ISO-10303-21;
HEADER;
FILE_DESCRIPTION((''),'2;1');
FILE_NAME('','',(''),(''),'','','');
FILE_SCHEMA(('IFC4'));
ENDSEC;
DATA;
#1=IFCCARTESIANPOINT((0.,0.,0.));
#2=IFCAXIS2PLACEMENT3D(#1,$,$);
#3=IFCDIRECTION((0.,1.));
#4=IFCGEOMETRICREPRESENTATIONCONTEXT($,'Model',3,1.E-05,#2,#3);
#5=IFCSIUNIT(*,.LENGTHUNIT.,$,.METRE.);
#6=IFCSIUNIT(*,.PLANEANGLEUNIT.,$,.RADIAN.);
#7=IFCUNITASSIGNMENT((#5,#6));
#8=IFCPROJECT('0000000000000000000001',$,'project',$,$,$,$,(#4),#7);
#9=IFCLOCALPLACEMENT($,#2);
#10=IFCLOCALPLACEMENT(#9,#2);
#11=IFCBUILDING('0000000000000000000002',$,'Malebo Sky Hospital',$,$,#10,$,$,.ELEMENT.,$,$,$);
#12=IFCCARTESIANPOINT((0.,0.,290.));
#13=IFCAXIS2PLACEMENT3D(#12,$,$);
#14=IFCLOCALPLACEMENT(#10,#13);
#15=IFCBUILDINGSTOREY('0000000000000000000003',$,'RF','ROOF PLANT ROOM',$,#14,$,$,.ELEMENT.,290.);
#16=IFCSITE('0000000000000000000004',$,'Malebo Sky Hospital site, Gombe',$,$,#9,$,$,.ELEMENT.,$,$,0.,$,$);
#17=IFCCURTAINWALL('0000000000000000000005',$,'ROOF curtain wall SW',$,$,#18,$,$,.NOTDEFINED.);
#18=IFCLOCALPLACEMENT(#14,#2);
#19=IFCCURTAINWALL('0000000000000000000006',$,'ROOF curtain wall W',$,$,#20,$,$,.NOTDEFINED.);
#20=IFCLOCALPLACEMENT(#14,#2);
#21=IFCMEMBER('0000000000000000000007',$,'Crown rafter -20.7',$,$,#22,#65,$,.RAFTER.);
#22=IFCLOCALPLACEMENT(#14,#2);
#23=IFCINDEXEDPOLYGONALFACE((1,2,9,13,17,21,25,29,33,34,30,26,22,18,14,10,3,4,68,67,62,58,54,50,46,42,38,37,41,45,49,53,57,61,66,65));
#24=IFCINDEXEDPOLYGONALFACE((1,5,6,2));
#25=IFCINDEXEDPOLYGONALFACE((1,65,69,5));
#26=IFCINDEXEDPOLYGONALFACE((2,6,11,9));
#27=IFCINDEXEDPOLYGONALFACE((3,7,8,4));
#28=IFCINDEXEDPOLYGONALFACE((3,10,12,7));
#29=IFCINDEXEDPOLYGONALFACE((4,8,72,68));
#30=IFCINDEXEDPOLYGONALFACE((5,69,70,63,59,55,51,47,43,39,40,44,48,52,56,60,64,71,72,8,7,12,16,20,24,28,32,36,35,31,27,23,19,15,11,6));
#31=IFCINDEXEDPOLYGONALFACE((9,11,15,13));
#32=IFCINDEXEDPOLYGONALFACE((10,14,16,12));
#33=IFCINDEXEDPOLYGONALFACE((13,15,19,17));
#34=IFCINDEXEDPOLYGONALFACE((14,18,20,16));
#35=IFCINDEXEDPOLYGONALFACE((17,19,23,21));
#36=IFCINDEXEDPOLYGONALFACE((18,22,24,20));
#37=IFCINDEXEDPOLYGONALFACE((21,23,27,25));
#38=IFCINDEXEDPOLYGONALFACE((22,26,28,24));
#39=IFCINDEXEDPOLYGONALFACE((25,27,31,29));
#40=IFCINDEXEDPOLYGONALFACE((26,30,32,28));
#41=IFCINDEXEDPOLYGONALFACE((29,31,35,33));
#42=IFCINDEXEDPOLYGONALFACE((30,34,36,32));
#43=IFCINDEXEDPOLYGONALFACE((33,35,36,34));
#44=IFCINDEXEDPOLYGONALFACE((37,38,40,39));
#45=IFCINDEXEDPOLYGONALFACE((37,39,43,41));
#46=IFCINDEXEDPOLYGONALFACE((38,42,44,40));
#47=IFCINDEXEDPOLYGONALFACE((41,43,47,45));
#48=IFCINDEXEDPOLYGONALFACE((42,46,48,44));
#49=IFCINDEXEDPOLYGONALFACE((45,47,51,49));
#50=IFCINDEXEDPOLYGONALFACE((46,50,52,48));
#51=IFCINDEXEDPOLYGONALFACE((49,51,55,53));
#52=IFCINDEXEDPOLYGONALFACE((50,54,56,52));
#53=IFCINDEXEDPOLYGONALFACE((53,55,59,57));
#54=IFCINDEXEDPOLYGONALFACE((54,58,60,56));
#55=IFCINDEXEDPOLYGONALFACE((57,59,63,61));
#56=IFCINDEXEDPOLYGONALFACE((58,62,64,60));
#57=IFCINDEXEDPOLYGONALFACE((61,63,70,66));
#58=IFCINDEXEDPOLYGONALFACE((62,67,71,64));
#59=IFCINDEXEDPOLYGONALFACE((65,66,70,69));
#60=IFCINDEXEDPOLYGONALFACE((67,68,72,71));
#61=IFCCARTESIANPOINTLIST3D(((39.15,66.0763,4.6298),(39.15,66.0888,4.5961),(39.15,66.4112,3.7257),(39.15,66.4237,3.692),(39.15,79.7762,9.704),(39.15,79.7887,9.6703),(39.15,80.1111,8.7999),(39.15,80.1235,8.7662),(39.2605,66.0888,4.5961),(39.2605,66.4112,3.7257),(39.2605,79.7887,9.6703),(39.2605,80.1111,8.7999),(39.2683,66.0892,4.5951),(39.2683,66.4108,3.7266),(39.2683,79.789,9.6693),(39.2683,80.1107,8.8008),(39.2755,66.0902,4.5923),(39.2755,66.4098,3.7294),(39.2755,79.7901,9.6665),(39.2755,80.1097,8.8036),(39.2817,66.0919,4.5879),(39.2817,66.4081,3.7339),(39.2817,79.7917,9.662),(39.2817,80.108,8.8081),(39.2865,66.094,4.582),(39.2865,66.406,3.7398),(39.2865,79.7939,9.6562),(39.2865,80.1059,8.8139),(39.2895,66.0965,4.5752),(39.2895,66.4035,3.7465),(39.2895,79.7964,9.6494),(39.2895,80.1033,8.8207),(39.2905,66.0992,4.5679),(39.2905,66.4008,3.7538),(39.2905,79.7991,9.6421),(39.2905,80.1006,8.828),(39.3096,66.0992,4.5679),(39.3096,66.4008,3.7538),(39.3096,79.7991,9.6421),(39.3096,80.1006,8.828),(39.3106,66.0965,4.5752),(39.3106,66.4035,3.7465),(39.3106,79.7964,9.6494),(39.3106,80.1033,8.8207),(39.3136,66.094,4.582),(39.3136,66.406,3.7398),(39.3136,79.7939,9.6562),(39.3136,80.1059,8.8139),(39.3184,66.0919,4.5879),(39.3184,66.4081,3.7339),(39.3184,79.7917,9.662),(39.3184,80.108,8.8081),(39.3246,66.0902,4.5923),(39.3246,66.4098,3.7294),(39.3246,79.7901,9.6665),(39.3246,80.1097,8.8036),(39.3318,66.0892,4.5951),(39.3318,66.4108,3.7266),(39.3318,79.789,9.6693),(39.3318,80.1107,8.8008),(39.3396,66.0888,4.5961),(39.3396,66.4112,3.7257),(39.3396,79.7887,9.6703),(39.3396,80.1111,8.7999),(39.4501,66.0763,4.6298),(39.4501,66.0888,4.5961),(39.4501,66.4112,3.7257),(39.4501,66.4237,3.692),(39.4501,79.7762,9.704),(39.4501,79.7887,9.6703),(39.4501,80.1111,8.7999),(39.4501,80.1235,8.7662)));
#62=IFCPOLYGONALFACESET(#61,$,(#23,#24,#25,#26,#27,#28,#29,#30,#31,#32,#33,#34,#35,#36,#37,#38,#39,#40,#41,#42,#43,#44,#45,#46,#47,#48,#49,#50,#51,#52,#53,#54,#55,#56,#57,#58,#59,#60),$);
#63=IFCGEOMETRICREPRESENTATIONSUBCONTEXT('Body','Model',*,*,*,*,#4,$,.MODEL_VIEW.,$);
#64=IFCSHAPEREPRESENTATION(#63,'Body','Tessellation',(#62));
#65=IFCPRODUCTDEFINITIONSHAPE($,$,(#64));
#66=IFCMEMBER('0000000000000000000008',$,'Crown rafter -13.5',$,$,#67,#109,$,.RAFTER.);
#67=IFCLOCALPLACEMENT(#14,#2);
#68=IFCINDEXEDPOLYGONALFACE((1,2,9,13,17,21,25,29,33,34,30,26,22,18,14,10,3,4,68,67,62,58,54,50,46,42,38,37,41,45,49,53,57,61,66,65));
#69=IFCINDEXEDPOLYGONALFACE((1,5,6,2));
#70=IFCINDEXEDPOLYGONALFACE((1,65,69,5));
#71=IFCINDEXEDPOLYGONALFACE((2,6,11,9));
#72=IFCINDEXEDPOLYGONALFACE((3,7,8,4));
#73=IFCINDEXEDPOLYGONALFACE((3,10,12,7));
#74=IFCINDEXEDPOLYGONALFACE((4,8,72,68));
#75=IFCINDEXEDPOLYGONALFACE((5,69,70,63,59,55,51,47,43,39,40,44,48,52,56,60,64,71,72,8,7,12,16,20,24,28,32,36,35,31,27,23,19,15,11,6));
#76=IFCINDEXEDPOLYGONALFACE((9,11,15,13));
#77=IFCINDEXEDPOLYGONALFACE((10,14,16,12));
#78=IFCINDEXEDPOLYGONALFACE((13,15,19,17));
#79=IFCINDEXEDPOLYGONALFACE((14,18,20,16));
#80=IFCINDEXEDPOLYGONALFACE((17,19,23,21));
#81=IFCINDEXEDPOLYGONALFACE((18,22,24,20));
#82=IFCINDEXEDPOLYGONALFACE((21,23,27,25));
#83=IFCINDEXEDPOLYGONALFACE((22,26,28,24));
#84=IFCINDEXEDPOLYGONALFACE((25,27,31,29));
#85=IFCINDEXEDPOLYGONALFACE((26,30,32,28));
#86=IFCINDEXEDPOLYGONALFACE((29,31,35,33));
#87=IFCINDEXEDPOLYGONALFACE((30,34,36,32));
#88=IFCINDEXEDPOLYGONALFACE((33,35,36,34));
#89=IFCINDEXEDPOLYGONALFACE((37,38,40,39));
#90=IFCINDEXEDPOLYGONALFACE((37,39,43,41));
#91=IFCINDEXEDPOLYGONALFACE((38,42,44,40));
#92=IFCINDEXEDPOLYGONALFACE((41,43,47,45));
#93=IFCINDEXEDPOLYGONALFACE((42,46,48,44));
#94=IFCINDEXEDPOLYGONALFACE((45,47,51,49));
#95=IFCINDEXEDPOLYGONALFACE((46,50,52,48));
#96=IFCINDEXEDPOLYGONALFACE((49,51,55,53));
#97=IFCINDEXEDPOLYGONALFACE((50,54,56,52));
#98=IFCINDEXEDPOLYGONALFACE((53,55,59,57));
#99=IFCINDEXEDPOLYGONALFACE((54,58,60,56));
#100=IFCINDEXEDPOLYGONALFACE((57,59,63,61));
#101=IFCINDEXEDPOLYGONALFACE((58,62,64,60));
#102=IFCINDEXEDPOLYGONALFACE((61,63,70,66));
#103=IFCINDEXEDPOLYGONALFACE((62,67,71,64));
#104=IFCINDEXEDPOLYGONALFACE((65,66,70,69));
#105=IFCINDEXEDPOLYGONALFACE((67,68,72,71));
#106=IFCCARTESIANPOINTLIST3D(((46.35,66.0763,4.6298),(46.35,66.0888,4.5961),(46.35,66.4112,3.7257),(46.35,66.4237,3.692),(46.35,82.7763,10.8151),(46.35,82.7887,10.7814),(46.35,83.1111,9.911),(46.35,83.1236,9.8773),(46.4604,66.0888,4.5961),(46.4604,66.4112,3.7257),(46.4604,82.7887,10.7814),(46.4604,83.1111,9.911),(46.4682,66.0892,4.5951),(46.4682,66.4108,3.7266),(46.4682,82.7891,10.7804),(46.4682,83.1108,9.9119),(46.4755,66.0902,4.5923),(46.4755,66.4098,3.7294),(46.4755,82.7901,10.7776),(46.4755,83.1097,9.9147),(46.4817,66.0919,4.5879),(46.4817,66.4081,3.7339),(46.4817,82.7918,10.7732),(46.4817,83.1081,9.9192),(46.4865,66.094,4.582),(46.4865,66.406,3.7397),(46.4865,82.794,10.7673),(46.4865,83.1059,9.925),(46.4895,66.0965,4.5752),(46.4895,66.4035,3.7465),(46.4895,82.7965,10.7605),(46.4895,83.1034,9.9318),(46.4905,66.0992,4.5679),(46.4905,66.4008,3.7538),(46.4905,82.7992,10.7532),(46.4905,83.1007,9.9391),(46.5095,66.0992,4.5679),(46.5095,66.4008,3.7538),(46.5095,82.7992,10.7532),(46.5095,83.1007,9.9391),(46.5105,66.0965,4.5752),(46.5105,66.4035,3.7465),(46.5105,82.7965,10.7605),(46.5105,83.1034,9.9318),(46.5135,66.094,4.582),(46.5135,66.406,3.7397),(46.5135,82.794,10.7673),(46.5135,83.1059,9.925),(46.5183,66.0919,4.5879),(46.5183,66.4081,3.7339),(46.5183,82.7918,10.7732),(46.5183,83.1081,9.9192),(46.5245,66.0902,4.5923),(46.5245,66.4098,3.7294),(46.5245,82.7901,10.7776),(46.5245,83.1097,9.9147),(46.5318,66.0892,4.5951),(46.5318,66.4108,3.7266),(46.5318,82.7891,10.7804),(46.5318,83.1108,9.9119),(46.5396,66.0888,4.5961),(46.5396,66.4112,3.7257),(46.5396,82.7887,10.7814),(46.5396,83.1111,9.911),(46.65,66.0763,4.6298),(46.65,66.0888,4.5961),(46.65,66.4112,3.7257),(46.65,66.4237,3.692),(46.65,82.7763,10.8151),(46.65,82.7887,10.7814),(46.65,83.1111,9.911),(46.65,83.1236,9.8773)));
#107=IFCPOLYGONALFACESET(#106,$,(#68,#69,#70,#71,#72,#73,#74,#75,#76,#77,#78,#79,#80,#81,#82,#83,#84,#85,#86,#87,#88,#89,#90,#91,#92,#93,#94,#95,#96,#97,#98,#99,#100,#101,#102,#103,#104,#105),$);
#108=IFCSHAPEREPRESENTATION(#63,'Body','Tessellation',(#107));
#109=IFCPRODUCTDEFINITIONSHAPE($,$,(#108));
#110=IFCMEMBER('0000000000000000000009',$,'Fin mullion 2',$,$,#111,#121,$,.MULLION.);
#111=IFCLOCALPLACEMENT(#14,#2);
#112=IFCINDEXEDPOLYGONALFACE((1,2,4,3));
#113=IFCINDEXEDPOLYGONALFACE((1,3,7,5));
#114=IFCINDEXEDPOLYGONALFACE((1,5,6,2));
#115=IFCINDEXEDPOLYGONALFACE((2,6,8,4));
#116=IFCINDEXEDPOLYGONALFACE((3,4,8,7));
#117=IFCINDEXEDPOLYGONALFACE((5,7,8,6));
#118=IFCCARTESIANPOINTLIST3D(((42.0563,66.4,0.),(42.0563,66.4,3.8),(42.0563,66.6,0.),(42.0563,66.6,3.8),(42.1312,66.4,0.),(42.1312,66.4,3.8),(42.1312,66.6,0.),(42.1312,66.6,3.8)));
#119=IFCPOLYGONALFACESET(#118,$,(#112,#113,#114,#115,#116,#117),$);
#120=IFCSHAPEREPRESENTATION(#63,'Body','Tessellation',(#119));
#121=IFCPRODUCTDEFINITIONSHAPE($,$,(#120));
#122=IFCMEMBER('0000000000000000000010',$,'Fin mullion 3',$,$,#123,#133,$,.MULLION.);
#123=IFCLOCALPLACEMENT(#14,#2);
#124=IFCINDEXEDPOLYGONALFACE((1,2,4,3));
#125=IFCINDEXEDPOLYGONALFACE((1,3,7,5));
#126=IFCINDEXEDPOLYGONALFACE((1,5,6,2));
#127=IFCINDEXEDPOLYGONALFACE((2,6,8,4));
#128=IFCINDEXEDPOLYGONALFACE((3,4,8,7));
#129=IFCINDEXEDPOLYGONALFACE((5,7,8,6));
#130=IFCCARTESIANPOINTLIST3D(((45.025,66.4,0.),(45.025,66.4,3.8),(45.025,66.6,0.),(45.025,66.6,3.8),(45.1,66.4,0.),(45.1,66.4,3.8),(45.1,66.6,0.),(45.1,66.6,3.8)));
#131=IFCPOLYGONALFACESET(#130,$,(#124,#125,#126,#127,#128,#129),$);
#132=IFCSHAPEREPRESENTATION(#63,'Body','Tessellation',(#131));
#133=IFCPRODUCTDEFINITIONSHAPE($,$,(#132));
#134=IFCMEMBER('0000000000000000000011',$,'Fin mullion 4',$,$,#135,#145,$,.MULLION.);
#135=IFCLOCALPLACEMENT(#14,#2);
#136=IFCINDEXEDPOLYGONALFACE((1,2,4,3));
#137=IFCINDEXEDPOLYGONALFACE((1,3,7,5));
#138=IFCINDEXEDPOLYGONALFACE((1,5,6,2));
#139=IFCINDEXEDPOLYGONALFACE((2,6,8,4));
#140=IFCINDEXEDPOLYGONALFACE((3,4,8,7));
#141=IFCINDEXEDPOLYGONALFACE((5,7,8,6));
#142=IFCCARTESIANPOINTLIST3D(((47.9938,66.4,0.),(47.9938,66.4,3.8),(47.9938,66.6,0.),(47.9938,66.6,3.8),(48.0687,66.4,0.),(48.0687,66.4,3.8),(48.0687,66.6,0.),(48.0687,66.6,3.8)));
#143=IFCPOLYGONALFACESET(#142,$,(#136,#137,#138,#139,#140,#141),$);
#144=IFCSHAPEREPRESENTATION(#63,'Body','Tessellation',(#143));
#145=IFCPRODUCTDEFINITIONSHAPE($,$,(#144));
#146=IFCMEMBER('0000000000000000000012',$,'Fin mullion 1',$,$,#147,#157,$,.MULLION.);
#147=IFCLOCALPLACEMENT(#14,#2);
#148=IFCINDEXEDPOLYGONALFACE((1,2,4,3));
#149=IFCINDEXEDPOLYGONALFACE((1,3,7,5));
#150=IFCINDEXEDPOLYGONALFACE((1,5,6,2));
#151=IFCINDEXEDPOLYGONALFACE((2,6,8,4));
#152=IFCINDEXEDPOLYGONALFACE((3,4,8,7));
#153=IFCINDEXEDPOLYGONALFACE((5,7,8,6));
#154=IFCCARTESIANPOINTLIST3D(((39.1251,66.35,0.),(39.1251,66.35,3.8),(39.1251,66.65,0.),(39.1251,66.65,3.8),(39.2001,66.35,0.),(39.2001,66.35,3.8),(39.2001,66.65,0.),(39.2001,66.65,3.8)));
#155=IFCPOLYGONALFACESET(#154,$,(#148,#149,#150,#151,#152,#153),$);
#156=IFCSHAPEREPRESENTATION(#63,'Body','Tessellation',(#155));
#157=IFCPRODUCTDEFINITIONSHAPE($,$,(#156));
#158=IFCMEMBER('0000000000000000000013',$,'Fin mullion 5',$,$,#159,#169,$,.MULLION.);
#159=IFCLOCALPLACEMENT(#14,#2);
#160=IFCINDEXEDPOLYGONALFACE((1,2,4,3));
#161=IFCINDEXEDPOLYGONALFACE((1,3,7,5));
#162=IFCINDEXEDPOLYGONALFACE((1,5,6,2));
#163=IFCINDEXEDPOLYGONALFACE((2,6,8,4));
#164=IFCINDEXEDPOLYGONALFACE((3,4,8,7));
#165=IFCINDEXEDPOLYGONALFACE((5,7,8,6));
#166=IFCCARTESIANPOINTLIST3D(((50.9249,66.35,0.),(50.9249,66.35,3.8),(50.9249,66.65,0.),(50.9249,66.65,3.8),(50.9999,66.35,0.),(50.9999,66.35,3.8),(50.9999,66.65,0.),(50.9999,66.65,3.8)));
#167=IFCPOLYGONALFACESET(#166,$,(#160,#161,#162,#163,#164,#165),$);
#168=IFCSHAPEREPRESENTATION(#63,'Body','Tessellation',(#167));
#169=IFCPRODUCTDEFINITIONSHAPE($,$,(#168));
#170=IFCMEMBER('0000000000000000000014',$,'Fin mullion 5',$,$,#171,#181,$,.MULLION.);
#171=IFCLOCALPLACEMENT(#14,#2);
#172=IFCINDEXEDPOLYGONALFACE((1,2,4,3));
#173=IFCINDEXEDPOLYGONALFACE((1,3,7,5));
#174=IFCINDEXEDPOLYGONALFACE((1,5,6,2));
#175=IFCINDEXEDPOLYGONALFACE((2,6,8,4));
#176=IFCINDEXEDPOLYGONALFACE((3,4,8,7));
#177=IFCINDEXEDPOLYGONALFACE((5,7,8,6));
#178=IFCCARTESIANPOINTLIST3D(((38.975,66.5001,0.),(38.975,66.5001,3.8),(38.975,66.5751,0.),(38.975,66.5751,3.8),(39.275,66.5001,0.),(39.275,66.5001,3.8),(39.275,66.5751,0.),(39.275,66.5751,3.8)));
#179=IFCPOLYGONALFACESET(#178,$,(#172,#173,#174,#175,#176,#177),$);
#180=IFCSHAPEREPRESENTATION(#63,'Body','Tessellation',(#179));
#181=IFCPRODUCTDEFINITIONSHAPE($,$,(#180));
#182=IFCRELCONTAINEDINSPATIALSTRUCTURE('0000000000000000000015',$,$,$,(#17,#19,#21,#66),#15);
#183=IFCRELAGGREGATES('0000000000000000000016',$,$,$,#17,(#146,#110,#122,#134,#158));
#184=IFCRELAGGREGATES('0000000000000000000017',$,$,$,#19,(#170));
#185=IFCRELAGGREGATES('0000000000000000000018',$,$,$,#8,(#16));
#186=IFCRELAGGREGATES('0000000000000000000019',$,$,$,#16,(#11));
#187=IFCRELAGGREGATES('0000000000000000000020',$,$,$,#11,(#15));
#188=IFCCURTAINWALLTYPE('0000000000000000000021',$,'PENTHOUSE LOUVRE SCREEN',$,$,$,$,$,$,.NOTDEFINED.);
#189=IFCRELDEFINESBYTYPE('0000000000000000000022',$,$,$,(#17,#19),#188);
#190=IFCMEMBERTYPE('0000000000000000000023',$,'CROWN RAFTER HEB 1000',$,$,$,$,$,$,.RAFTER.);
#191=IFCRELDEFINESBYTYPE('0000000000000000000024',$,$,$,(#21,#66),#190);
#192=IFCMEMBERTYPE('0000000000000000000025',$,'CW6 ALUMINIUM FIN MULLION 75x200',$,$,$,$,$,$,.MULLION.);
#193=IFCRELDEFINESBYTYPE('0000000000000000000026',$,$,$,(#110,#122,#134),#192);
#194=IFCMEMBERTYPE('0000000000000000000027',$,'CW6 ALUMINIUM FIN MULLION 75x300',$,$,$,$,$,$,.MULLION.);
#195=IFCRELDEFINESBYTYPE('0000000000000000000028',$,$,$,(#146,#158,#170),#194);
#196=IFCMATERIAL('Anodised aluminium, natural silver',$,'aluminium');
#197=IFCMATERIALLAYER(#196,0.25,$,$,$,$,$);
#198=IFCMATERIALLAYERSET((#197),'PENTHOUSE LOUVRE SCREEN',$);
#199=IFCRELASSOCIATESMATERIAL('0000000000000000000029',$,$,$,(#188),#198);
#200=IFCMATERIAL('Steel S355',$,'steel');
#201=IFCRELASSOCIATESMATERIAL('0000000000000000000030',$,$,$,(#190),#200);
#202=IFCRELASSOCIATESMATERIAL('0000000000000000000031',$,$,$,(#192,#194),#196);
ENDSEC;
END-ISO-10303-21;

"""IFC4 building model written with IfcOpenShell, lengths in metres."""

from ifc_helpers import new_model, si_unit, direction, frame, origin, origin_2d, place, context, subcontext, project, spatial, rectangle, i_section, extrude, material, layer, layer_set, material_profile, profile_set, type_object, element, aggregate, save


model = new_model("IFC4")

# Units and contexts
model_context = context("Model", 3, precision=1e-05, world=origin(), true_north=direction((0.0, 1.0)))
body_context = subcontext(model_context, "Body", "Model", "MODEL_VIEW")
ifc_project = project(units=[si_unit("LENGTHUNIT", "METRE"), si_unit("PLANEANGLEUNIT", "RADIAN")], contexts=[model_context])

# Site, building, storey
site_placement = place(None, origin())
site = spatial("IfcSite", under=ifc_project, at=site_placement, Name="Malebo Sky Hospital site, Gombe", CompositionType="ELEMENT", RefElevation=0.0)
building_placement = place(site_placement, origin())
building = spatial("IfcBuilding", under=site, at=building_placement, Name="Malebo Sky Hospital", CompositionType="ELEMENT")
storey_placement = place(building_placement, frame((0.0, 0.0, 290.0)))
storey = spatial("IfcBuildingStorey", under=building, at=storey_placement, Name="RF", Description="ROOF PLANT ROOM", CompositionType="ELEMENT", Elevation=290.0)

# Shared definitions
ifc_material_1 = material(Name="Steel S355", Category="steel")

# Curtain wall
ifc_material_2 = material(Name="Anodised aluminium, natural silver", Category="aluminium")
ifc_layer_1 = layer(ifc_material_2, 0.25)
ifc_layer_set_1 = layer_set([ifc_layer_1], Name="PENTHOUSE LOUVRE SCREEN")
curtain_wall_type = type_object("IfcCurtainWallType", Name="PENTHOUSE LOUVRE SCREEN", PredefinedType="NOTDEFINED", material=ifc_layer_set_1)
curtain_wall_1_placement = place(storey_placement, origin())
curtain_wall_1 = element("IfcCurtainWall", 1, at=curtain_wall_1_placement, inside=storey, type_object=curtain_wall_type, Name="ROOF curtain wall SW", PredefinedType="NOTDEFINED")

# Curtain wall
curtain_wall_2_placement = place(storey_placement, origin())
curtain_wall_2 = element("IfcCurtainWall", 2, at=curtain_wall_2_placement, inside=storey, type_object=curtain_wall_type, Name="ROOF curtain wall W", PredefinedType="NOTDEFINED")

# Members
ifc_material_profile_1 = material_profile(ifc_material_1, i_section(OverallWidth=0.3, OverallDepth=1.0, WebThickness=0.019, FlangeThickness=0.0359, FilletRadius=0.03, at=origin_2d()), Name="HEB 1000")
ifc_profile_set_1 = profile_set([ifc_material_profile_1], Name="Steel S355")
member_type_1 = type_object("IfcMemberType", Name="CROWN RAFTER HEB 1000", PredefinedType="RAFTER", material=ifc_profile_set_1)
member_1_placement = place(storey_placement, frame((39.3, 66.25, 4.1609), z_axis=(0.0, 0.937745, 0.347324), x_axis=(-1.0, 0.0, 0.0)))
element("IfcMember", 3, at=member_1_placement, inside=storey, type_object=member_type_1, Name="Crown rafter -20.7", PredefinedType="RAFTER", context=body_context, shape_type="SweptSolid", body=[
    extrude(i_section(OverallWidth=0.3, OverallDepth=1.0, WebThickness=0.019, FlangeThickness=0.0359, FilletRadius=0.03, at=origin_2d()), origin(), (0.0, 0.0, 1.0), 14.6094),
])
member_2_placement = place(storey_placement, frame((46.5, 66.25, 4.1609), z_axis=(0.0, 0.937746, 0.347321), x_axis=(-1.0, 0.0, 0.0)))
element("IfcMember", 4, at=member_2_placement, inside=storey, type_object=member_type_1, Name="Crown rafter -13.5", PredefinedType="RAFTER", context=body_context, shape_type="SweptSolid", body=[
    extrude(i_section(OverallWidth=0.3, OverallDepth=1.0, WebThickness=0.019, FlangeThickness=0.0359, FilletRadius=0.03, at=origin_2d()), origin(), (0.0, 0.0, 1.0), 17.8086),
])

# Members
ifc_material_profile_2 = material_profile(ifc_material_2, rectangle(XDim=0.075, YDim=0.2, at=origin_2d()), Name="CW6 ALUMINIUM FIN MULLION 75x200")
ifc_profile_set_2 = profile_set([ifc_material_profile_2], Name="Anodised aluminium, natural silver")
member_type_2 = type_object("IfcMemberType", Name="CW6 ALUMINIUM FIN MULLION 75x200", PredefinedType="MULLION", material=ifc_profile_set_2)
member_3_placement = place(storey_placement, frame((42.0938, 66.5, 0.0), z_axis=(0.0, 0.0, 1.0), x_axis=(1.0, 0.0, 0.0)))
member_3 = element("IfcMember", 5, at=member_3_placement, type_object=member_type_2, Name="Fin mullion 2", PredefinedType="MULLION", context=body_context, shape_type="SweptSolid", body=[
    extrude(rectangle(XDim=0.075, YDim=0.2, at=origin_2d()), origin(), (0.0, 0.0, 1.0), 3.8),
])
member_4_placement = place(storey_placement, frame((45.0625, 66.5, 0.0), z_axis=(0.0, 0.0, 1.0), x_axis=(1.0, 0.0, 0.0)))
member_4 = element("IfcMember", 6, at=member_4_placement, type_object=member_type_2, Name="Fin mullion 3", PredefinedType="MULLION", context=body_context, shape_type="SweptSolid", body=[
    extrude(rectangle(XDim=0.075, YDim=0.2, at=origin_2d()), origin(), (0.0, 0.0, 1.0), 3.8),
])
member_5_placement = place(storey_placement, frame((48.0312, 66.5, 0.0), z_axis=(0.0, 0.0, 1.0), x_axis=(1.0, 0.0, 0.0)))
member_5 = element("IfcMember", 7, at=member_5_placement, type_object=member_type_2, Name="Fin mullion 4", PredefinedType="MULLION", context=body_context, shape_type="SweptSolid", body=[
    extrude(rectangle(XDim=0.075, YDim=0.2, at=origin_2d()), origin(), (0.0, 0.0, 1.0), 3.8),
])
ifc_material_profile_3 = material_profile(ifc_material_2, rectangle(XDim=0.075, YDim=0.3, at=origin_2d()), Name="CW6 ALUMINIUM FIN MULLION 75x300")
ifc_profile_set_3 = profile_set([ifc_material_profile_3], Name="Anodised aluminium, natural silver")
member_type_3 = type_object("IfcMemberType", Name="CW6 ALUMINIUM FIN MULLION 75x300", PredefinedType="MULLION", material=ifc_profile_set_3)
member_6_placement = place(storey_placement, frame((39.1626, 66.5, 0.0), z_axis=(0.0, 0.0, 1.0), x_axis=(1.0, 0.0, 0.0)))
member_6 = element("IfcMember", 8, at=member_6_placement, type_object=member_type_3, Name="Fin mullion 1", PredefinedType="MULLION", context=body_context, shape_type="SweptSolid", body=[
    extrude(rectangle(XDim=0.075, YDim=0.3, at=origin_2d()), origin(), (0.0, 0.0, 1.0), 3.8),
])
member_7_placement = place(storey_placement, frame((50.9624, 66.5, 0.0), z_axis=(0.0, 0.0, 1.0), x_axis=(1.0, 0.0, 0.0)))
member_7 = element("IfcMember", 9, at=member_7_placement, type_object=member_type_3, Name="Fin mullion 5", PredefinedType="MULLION", context=body_context, shape_type="SweptSolid", body=[
    extrude(rectangle(XDim=0.075, YDim=0.3, at=origin_2d()), origin(), (0.0, 0.0, 1.0), 3.8),
])
member_8_placement = place(storey_placement, frame((39.125, 66.5376, 0.0), z_axis=(0.0, 0.0, 1.0), x_axis=(0.0, -1.0, 0.0)))
member_8 = element("IfcMember", 10, at=member_8_placement, type_object=member_type_3, Name="Fin mullion 5", PredefinedType="MULLION", context=body_context, shape_type="SweptSolid", body=[
    extrude(rectangle(XDim=0.075, YDim=0.3, at=origin_2d()), origin(), (0.0, 0.0, 1.0), 3.8),
])

aggregate(curtain_wall_1, [member_6, member_3, member_4, member_5, member_7])
aggregate(curtain_wall_2, [member_8])

save(model, "model.ifc")
